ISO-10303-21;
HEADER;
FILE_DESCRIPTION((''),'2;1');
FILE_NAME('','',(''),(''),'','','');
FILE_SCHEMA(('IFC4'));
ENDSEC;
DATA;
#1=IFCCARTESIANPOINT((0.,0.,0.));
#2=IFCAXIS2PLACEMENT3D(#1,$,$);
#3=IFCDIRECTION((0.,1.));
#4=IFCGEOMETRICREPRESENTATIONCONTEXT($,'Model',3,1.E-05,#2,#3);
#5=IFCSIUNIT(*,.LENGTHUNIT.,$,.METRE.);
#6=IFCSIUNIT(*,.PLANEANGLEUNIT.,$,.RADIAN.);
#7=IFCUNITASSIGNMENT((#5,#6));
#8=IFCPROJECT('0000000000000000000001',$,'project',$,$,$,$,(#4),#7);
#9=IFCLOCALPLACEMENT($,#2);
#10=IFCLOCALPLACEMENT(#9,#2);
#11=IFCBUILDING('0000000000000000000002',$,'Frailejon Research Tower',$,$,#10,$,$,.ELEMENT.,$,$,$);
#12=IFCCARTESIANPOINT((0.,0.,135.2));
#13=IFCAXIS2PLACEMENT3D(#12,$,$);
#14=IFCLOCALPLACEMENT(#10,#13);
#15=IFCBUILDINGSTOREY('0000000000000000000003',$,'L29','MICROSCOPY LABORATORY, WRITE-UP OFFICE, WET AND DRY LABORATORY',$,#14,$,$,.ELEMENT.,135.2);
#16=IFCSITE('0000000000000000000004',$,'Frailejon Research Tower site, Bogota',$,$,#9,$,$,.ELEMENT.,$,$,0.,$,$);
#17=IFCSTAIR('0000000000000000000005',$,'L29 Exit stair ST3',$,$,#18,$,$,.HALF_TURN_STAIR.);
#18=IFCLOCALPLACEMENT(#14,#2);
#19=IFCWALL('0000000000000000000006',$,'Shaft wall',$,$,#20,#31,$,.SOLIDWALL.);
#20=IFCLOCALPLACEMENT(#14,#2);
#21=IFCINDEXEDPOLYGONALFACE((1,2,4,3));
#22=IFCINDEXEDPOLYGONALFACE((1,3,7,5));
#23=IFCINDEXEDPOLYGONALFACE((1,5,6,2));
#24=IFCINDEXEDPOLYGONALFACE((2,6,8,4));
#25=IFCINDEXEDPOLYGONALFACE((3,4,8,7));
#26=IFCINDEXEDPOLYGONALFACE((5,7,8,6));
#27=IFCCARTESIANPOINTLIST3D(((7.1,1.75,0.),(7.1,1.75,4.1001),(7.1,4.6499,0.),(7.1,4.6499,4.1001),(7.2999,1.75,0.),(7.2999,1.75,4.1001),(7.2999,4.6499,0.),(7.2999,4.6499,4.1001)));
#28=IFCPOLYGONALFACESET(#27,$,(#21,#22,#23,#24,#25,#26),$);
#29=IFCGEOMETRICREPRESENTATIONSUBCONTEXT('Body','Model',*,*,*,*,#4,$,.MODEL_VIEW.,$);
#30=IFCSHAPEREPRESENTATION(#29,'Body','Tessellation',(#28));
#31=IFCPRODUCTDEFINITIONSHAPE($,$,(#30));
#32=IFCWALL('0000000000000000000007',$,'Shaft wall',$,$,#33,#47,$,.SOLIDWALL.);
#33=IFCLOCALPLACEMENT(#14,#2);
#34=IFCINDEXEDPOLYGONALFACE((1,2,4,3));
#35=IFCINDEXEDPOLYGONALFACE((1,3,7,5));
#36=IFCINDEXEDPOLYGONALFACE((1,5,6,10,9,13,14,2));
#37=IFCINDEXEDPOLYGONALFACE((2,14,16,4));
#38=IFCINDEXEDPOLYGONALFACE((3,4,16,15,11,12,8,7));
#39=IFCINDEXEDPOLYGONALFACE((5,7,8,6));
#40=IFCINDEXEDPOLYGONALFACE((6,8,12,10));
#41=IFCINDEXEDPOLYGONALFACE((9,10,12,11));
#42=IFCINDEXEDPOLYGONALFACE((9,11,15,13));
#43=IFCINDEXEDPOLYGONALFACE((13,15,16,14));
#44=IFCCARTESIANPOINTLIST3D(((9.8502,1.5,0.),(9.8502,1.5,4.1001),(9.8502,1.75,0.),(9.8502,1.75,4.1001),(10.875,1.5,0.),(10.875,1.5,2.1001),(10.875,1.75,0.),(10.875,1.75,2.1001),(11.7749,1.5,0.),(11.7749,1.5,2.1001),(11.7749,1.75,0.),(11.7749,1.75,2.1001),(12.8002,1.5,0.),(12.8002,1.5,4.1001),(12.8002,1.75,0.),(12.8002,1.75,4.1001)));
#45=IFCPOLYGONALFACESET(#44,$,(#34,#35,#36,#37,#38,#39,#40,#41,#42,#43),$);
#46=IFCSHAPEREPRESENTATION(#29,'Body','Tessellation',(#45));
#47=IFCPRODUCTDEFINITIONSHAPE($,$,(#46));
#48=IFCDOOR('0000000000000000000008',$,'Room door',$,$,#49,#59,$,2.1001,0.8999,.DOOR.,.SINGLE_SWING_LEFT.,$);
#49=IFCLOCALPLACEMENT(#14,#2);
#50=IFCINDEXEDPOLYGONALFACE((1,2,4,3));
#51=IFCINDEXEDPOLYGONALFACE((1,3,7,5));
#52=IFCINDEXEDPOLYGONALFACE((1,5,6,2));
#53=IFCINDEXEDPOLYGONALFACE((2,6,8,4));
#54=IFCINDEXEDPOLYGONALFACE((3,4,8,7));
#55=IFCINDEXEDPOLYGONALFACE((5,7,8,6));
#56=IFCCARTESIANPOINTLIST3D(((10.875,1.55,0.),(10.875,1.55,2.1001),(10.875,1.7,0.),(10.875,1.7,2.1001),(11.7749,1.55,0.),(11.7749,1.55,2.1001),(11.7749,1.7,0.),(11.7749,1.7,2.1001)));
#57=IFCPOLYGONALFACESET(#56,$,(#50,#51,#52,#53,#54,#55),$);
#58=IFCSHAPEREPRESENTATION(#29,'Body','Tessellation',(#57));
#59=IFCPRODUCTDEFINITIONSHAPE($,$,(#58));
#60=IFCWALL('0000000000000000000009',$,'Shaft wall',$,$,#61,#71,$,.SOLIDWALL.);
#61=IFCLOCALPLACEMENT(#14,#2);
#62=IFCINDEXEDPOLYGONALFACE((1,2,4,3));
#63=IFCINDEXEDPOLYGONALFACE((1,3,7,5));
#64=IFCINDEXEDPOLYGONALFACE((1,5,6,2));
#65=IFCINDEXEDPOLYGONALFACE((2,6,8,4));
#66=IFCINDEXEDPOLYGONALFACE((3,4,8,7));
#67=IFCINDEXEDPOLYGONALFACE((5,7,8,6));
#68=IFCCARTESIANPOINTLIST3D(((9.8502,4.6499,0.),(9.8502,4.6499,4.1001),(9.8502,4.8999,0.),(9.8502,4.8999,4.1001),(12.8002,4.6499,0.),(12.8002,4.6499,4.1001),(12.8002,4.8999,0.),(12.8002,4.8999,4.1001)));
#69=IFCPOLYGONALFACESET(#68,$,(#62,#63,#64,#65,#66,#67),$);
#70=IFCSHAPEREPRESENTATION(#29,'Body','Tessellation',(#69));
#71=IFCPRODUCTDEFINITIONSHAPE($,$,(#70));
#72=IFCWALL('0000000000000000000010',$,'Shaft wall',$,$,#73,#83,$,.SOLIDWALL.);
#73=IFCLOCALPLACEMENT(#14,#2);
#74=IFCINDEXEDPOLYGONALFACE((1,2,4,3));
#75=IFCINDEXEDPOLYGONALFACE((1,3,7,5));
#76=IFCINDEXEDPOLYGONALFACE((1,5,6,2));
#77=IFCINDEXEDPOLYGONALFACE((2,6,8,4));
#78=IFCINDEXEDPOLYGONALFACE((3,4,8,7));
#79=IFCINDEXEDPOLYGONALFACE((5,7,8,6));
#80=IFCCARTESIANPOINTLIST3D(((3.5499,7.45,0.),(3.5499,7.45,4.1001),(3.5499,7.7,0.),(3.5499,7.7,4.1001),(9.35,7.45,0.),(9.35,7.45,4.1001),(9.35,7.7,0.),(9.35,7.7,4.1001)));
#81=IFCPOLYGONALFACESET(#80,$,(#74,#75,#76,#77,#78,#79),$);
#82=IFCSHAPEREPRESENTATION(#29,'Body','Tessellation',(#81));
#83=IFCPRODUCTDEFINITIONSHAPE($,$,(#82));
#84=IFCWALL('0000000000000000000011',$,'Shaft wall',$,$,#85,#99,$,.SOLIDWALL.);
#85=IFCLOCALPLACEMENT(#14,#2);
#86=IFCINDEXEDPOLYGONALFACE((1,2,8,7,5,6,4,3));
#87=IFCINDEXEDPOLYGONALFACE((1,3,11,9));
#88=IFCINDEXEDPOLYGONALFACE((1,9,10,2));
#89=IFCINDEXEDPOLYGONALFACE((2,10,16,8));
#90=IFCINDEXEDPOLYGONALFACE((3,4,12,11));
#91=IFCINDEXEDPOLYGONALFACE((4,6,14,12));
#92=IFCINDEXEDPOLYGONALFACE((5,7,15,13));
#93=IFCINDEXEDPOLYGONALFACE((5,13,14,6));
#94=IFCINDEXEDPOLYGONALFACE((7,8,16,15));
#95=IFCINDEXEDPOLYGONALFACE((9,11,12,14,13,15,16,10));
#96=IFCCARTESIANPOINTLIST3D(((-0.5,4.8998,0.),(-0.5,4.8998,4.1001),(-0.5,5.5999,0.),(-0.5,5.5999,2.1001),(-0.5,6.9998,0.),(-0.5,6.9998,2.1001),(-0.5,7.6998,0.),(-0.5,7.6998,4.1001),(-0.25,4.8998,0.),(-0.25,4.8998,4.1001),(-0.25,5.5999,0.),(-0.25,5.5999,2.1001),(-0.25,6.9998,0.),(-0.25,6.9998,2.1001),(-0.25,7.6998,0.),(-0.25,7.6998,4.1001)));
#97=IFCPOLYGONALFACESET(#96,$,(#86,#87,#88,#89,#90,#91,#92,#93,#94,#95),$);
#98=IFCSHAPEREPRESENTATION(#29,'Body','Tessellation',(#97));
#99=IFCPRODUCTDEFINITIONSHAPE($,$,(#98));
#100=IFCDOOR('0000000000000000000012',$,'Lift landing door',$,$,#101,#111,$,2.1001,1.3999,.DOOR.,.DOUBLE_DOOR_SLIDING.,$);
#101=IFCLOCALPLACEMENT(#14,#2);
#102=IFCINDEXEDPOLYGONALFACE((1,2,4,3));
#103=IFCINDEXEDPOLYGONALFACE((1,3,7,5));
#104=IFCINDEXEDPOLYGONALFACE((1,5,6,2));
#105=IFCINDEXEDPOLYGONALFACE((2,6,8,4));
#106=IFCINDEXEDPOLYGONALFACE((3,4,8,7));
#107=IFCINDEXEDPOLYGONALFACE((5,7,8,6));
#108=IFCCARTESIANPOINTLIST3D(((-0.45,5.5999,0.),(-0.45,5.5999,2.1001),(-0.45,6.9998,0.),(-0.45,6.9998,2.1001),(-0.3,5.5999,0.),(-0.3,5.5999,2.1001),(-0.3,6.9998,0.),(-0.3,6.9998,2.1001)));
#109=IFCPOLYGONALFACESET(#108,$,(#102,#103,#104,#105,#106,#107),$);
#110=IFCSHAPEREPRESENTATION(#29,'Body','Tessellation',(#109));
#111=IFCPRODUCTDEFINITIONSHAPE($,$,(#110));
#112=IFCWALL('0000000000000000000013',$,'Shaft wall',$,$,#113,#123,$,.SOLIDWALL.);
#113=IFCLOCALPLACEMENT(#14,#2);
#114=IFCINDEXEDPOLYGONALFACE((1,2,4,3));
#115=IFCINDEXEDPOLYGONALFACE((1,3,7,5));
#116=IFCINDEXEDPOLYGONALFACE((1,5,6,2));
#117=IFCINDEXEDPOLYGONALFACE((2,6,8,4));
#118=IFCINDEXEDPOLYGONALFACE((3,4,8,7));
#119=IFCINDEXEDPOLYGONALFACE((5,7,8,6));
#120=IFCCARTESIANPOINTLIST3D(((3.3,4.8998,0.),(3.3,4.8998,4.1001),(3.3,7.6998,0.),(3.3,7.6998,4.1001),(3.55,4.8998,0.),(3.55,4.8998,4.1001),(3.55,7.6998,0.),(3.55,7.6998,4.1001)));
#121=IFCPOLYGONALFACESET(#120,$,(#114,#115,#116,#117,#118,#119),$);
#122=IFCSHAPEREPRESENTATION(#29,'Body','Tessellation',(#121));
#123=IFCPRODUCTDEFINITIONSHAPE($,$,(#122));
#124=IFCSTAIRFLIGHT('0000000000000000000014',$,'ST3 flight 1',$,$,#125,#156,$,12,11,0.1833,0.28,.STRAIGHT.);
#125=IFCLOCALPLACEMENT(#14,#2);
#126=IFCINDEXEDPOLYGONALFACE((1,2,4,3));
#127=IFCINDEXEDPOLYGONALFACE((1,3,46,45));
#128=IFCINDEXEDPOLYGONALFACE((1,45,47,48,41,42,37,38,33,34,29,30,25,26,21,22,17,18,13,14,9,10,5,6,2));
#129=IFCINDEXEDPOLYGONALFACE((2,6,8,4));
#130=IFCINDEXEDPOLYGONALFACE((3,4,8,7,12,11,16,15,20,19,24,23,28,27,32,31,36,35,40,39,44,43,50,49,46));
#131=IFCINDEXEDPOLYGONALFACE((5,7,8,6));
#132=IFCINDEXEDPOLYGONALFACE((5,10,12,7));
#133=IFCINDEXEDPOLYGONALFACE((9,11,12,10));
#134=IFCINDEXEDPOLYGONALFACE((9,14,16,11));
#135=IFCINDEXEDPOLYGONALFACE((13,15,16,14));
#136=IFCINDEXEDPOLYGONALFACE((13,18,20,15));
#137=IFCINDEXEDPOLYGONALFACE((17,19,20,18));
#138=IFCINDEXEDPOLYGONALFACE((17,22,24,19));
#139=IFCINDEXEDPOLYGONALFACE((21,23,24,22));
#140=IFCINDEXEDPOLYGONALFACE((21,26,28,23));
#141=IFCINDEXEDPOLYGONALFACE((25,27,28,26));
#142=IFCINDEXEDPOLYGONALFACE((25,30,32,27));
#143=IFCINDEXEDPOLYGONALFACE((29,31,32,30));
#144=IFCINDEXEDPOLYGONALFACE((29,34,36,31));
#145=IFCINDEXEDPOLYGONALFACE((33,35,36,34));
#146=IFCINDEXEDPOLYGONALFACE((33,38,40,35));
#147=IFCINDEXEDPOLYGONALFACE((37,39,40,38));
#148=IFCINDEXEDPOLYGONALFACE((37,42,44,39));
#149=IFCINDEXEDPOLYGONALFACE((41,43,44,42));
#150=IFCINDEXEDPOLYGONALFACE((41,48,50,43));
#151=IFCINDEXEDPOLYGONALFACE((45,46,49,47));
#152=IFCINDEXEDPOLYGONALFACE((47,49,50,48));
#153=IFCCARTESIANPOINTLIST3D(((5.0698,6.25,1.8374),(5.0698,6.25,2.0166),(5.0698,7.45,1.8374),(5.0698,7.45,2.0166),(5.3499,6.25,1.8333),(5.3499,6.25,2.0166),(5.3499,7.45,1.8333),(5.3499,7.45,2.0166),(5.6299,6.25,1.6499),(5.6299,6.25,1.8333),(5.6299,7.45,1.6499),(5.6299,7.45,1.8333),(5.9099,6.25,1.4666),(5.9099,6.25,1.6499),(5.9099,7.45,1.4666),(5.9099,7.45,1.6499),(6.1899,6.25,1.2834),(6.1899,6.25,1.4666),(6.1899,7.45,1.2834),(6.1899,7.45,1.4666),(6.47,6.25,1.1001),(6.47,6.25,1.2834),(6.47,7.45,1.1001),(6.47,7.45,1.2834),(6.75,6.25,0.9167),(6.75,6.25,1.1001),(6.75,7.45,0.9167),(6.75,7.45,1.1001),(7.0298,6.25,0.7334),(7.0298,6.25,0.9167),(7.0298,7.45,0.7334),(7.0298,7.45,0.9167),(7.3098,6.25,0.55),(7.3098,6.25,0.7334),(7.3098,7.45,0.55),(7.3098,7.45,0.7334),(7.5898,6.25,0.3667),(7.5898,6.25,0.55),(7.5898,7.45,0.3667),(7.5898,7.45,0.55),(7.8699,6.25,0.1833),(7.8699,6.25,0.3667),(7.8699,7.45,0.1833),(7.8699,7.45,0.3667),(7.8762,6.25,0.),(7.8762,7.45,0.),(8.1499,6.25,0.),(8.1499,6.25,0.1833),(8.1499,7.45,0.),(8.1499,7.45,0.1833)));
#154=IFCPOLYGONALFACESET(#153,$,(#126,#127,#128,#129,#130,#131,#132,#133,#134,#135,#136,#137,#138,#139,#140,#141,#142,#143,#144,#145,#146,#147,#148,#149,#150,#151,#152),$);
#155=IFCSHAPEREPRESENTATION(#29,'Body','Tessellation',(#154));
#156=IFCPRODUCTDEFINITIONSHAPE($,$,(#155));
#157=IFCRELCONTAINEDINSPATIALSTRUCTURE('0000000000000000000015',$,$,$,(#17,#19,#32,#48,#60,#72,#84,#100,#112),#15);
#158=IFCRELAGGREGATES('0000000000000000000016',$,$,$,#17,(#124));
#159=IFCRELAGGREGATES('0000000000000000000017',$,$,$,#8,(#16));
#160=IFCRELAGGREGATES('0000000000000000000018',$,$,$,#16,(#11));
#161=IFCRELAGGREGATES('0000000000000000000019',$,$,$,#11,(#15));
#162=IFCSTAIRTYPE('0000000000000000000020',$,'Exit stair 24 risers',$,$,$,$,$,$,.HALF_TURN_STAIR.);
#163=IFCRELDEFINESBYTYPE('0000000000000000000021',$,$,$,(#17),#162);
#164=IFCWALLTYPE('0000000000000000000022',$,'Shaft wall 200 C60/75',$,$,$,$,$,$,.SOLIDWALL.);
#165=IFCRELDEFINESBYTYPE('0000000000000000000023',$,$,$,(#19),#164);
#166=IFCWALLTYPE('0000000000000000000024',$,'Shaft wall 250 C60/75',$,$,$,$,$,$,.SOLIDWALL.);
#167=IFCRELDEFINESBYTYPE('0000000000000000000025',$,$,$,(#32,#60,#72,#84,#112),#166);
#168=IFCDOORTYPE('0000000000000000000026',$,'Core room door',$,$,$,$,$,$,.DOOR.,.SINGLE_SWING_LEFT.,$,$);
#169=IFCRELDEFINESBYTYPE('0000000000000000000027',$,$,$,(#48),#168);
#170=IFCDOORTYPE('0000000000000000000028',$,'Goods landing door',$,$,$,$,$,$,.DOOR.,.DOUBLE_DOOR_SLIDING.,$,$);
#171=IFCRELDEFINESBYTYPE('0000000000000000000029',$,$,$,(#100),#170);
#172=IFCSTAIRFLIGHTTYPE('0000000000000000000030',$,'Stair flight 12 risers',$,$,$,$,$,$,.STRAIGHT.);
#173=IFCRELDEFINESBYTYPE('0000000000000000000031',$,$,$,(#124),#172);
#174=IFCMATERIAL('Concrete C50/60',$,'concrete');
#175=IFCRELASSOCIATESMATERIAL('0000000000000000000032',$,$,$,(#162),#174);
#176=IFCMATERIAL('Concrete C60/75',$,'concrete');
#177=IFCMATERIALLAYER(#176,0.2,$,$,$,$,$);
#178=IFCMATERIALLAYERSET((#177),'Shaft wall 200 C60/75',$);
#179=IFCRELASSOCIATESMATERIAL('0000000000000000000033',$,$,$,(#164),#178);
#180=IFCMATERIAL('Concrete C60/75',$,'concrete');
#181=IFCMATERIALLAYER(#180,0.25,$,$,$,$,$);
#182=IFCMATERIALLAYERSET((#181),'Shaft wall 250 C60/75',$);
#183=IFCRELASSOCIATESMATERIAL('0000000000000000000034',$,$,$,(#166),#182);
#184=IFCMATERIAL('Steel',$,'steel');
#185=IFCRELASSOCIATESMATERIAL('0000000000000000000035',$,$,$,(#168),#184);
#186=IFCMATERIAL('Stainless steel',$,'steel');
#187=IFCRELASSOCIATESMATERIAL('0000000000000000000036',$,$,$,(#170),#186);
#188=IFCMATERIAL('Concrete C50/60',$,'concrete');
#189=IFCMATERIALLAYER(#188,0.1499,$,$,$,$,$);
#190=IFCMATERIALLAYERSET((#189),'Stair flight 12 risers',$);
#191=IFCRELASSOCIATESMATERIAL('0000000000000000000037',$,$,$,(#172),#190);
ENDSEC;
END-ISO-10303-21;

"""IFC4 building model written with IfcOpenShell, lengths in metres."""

from ifc_helpers import new_model, si_unit, direction, frame, frame_2d, origin, place, context, subcontext, project, spatial, polyline, rectangle, outline, extrude, material, layer, layer_set, type_object, element, fill, aggregate, save


model = new_model("IFC4")

# Units and contexts
model_context = context("Model", 3, precision=1e-05, world=origin(), true_north=direction((0.0, 1.0)))
body_context = subcontext(model_context, "Body", "Model", "MODEL_VIEW")
ifc_project = project(units=[si_unit("LENGTHUNIT", "METRE"), si_unit("PLANEANGLEUNIT", "RADIAN")], contexts=[model_context])

# Site, building, storey
site_placement = place(None, origin())
site = spatial("IfcSite", under=ifc_project, at=site_placement, Name="Frailejon Research Tower site, Bogota", CompositionType="ELEMENT", RefElevation=0.0)
building_placement = place(site_placement, origin())
building = spatial("IfcBuilding", under=site, at=building_placement, Name="Frailejon Research Tower", CompositionType="ELEMENT")
storey_placement = place(building_placement, frame((0.0, 0.0, 135.2)))
storey = spatial("IfcBuildingStorey", under=building, at=storey_placement, Name="L29", Description="MICROSCOPY LABORATORY, WRITE-UP OFFICE, WET AND DRY LABORATORY", CompositionType="ELEMENT", Elevation=135.2)

# Stair
ifc_material_1 = material(Name="Concrete C50/60", Category="concrete")
stair_type = type_object("IfcStairType", Name="Exit stair 24 risers", PredefinedType="HALF_TURN_STAIR", material=ifc_material_1)
stair_1_placement = place(storey_placement, origin())
stair_1 = element("IfcStair", 1, at=stair_1_placement, inside=storey, type_object=stair_type, Name="L29 Exit stair ST3", PredefinedType="HALF_TURN_STAIR")

# Wall
ifc_material_2 = material(Name="Concrete C60/75", Category="concrete")
ifc_layer_1 = layer(ifc_material_2, 0.2)
ifc_layer_set_1 = layer_set([ifc_layer_1], Name="Shaft wall 200 C60/75")
wall_type_1 = type_object("IfcWallType", Name="Shaft wall 200 C60/75", PredefinedType="SOLIDWALL", material=ifc_layer_set_1)
for number, where, z_axis, x_axis, name in (
    (2, (7.2, 1.75, 0.0), (0.0, 0.0, 1.0), (0.0, 1.0, 0.0), "Shaft wall"),
):
    element("IfcWall", number, at=place(storey_placement, frame(where, z_axis=z_axis, x_axis=x_axis)), inside=storey, type_object=wall_type_1, Name=name, PredefinedType="SOLIDWALL", context=body_context, shape_type="SweptSolid", body=[
        extrude(rectangle(XDim=2.8999, YDim=0.2, at=frame_2d((1.45, 0.0))), origin(), (0.0, 0.0, 1.0), 4.1001),
    ])

# Wall, opening, door
ifc_material_3 = material(Name="Concrete C60/75", Category="concrete")
ifc_layer_2 = layer(ifc_material_3, 0.25)
ifc_layer_set_2 = layer_set([ifc_layer_2], Name="Shaft wall 250 C60/75")
wall_type_2 = type_object("IfcWallType", Name="Shaft wall 250 C60/75", PredefinedType="SOLIDWALL", material=ifc_layer_set_2)
wall_1_placement = place(storey_placement, frame((9.8501, 1.625, 0.0), z_axis=(0.0, 0.0, 1.0), x_axis=(1.0, 0.0, 0.0)))
wall_1 = element("IfcWall", 3, at=wall_1_placement, inside=storey, type_object=wall_type_2, Name="Shaft wall", PredefinedType="SOLIDWALL", context=body_context, shape_type="SweptSolid", body=[
    extrude(rectangle(XDim=2.95, YDim=0.25, at=frame_2d((1.4751, 0.0))), origin(), (0.0, 0.0, 1.0), 4.1001),
])
opening_1_placement = place(wall_1_placement, frame((1.0249, 0.0, 0.0)))
opening_1 = element("IfcOpeningElement", 4, at=opening_1_placement, cuts=wall_1, PredefinedType="OPENING", context=body_context, shape_type="SweptSolid", body=[
    extrude(rectangle(XDim=0.8999, YDim=2.1001, at=frame_2d((0.45, 1.05))), frame((0.0, 0.135, 0.0), z_axis=(0.0, -1.0, 0.0), x_axis=(1.0, 0.0, 0.0)), (0.0, 0.0, 1.0), 0.27),
])
ifc_material_4 = material(Name="Steel", Category="steel")
door_type_1 = type_object("IfcDoorType", Name="Core room door", OperationType="SINGLE_SWING_LEFT", PredefinedType="DOOR", material=ifc_material_4)
door_1_placement = place(opening_1_placement, origin())
door_1 = element("IfcDoor", 5, at=door_1_placement, inside=storey, type_object=door_type_1, Name="Room door", OperationType="SINGLE_SWING_LEFT", OverallHeight=2.1001, OverallWidth=0.8999, PredefinedType="DOOR", context=body_context, shape_type="SweptSolid", body=[
    extrude(rectangle(XDim=0.8999, YDim=2.1001, at=frame_2d((0.45, 1.05))), frame((0.0, 0.075, 0.0), z_axis=(0.0, -1.0, 0.0), x_axis=(1.0, 0.0, 0.0)), (0.0, 0.0, 1.0), 0.1499),
])
fill(opening_1, door_1)

# Walls
wall_2_placement = place(storey_placement, frame((9.8501, 4.7749, 0.0), z_axis=(0.0, 0.0, 1.0), x_axis=(1.0, 0.0, 0.0)))
element("IfcWall", 6, at=wall_2_placement, inside=storey, type_object=wall_type_2, Name="Shaft wall", PredefinedType="SOLIDWALL", context=body_context, shape_type="SweptSolid", body=[
    extrude(rectangle(XDim=2.95, YDim=0.25, at=frame_2d((1.4751, 0.0))), origin(), (0.0, 0.0, 1.0), 4.1001),
])
wall_3_placement = place(storey_placement, frame((3.55, 7.575, 0.0), z_axis=(0.0, 0.0, 1.0), x_axis=(1.0, 0.0, 0.0)))
element("IfcWall", 7, at=wall_3_placement, inside=storey, type_object=wall_type_2, Name="Shaft wall", PredefinedType="SOLIDWALL", context=body_context, shape_type="SweptSolid", body=[
    extrude(rectangle(XDim=5.8, YDim=0.25, at=frame_2d((2.8999, 0.0))), origin(), (0.0, 0.0, 1.0), 4.1001),
])

# Wall, opening, door
wall_4_placement = place(storey_placement, frame((-0.375, 4.8999, 0.0), z_axis=(0.0, 0.0, 1.0), x_axis=(0.0, 1.0, 0.0)))
wall_4 = element("IfcWall", 8, at=wall_4_placement, inside=storey, type_object=wall_type_2, Name="Shaft wall", PredefinedType="SOLIDWALL", context=body_context, shape_type="SweptSolid", body=[
    extrude(rectangle(XDim=2.8, YDim=0.25, at=frame_2d((1.3999, 0.0))), origin(), (0.0, 0.0, 1.0), 4.1001),
])
opening_2_placement = place(wall_4_placement, frame((0.7, 0.0, 0.0)))
opening_2 = element("IfcOpeningElement", 9, at=opening_2_placement, cuts=wall_4, PredefinedType="OPENING", context=body_context, shape_type="SweptSolid", body=[
    extrude(rectangle(XDim=1.3999, YDim=2.1001, at=frame_2d((0.7, 1.05))), frame((0.0, 0.135, 0.0), z_axis=(0.0, -1.0, 0.0), x_axis=(1.0, 0.0, 0.0)), (0.0, 0.0, 1.0), 0.27),
])
ifc_material_5 = material(Name="Stainless steel", Category="steel")
door_type_2 = type_object("IfcDoorType", Name="Goods landing door", OperationType="DOUBLE_DOOR_SLIDING", PredefinedType="DOOR", material=ifc_material_5)
door_2_placement = place(opening_2_placement, origin())
door_2 = element("IfcDoor", 10, at=door_2_placement, inside=storey, type_object=door_type_2, Name="Lift landing door", OperationType="DOUBLE_DOOR_SLIDING", OverallHeight=2.1001, OverallWidth=1.3999, PredefinedType="DOOR", context=body_context, shape_type="SweptSolid", body=[
    extrude(rectangle(XDim=1.3999, YDim=2.1001, at=frame_2d((0.7, 1.05))), frame((0.0, 0.075, 0.0), z_axis=(0.0, -1.0, 0.0), x_axis=(1.0, 0.0, 0.0)), (0.0, 0.0, 1.0), 0.1499),
])
fill(opening_2, door_2)

# Wall
wall_5_placement = place(storey_placement, frame((3.425, 4.8999, 0.0), z_axis=(0.0, 0.0, 1.0), x_axis=(0.0, 1.0, 0.0)))
element("IfcWall", 11, at=wall_5_placement, inside=storey, type_object=wall_type_2, Name="Shaft wall", PredefinedType="SOLIDWALL", context=body_context, shape_type="SweptSolid", body=[
    extrude(rectangle(XDim=2.8, YDim=0.25, at=frame_2d((1.3999, 0.0))), origin(), (0.0, 0.0, 1.0), 4.1001),
])

# Stair flight
ifc_material_6 = material(Name="Concrete C50/60", Category="concrete")
ifc_layer_3 = layer(ifc_material_6, 0.1499)
ifc_layer_set_3 = layer_set([ifc_layer_3], Name="Stair flight 12 risers")
stair_flight_type = type_object("IfcStairFlightType", Name="Stair flight 12 risers", PredefinedType="STRAIGHT", material=ifc_layer_set_3)
stair_flight_1_placement = place(storey_placement, frame((8.1499, 6.8501, 0.0), z_axis=(0.0, 0.0, 1.0), x_axis=(-1.0, 0.0, 0.0)))
stair_flight_1 = element("IfcStairFlight", 12, at=stair_flight_1_placement, type_object=stair_flight_type, Name="ST3 flight 1", NumberOfRisers=12, NumberOfTreads=11, PredefinedType="STRAIGHT", RiserHeight=0.1833, TreadLength=0.28, context=body_context, shape_type="SweptSolid", body=[
    extrude(outline(polyline([(0.0, 0.0), (0.0, 0.1833), (0.28, 0.1833), (0.28, 0.3667), (0.5601, 0.3667), (0.5601, 0.55), (0.8401, 0.55), (0.8401, 0.7334), (1.1201, 0.7334), (1.1201, 0.9167), (1.3999, 0.9167), (1.3999, 1.1001), (1.6799, 1.1001), (1.6799, 1.2834), (1.96, 1.2834), (1.96, 1.4666), (2.24, 1.4666), (2.24, 1.6499), (2.52, 1.6499), (2.52, 1.8333), (2.8, 1.8333), (2.8, 2.0166), (3.0801, 2.0166), (3.0801, 2.2), (3.0801, 1.8374), (0.2737, 0.0), (0.0, 0.0)])), frame((0.0, 0.6001, 0.0), z_axis=(0.0, -1.0, 0.0), x_axis=(1.0, 0.0, 0.0)), (0.0, 0.0, 1.0), 1.2),
])
aggregate(stair_1, [stair_flight_1])

save(model, "model.ifc")
